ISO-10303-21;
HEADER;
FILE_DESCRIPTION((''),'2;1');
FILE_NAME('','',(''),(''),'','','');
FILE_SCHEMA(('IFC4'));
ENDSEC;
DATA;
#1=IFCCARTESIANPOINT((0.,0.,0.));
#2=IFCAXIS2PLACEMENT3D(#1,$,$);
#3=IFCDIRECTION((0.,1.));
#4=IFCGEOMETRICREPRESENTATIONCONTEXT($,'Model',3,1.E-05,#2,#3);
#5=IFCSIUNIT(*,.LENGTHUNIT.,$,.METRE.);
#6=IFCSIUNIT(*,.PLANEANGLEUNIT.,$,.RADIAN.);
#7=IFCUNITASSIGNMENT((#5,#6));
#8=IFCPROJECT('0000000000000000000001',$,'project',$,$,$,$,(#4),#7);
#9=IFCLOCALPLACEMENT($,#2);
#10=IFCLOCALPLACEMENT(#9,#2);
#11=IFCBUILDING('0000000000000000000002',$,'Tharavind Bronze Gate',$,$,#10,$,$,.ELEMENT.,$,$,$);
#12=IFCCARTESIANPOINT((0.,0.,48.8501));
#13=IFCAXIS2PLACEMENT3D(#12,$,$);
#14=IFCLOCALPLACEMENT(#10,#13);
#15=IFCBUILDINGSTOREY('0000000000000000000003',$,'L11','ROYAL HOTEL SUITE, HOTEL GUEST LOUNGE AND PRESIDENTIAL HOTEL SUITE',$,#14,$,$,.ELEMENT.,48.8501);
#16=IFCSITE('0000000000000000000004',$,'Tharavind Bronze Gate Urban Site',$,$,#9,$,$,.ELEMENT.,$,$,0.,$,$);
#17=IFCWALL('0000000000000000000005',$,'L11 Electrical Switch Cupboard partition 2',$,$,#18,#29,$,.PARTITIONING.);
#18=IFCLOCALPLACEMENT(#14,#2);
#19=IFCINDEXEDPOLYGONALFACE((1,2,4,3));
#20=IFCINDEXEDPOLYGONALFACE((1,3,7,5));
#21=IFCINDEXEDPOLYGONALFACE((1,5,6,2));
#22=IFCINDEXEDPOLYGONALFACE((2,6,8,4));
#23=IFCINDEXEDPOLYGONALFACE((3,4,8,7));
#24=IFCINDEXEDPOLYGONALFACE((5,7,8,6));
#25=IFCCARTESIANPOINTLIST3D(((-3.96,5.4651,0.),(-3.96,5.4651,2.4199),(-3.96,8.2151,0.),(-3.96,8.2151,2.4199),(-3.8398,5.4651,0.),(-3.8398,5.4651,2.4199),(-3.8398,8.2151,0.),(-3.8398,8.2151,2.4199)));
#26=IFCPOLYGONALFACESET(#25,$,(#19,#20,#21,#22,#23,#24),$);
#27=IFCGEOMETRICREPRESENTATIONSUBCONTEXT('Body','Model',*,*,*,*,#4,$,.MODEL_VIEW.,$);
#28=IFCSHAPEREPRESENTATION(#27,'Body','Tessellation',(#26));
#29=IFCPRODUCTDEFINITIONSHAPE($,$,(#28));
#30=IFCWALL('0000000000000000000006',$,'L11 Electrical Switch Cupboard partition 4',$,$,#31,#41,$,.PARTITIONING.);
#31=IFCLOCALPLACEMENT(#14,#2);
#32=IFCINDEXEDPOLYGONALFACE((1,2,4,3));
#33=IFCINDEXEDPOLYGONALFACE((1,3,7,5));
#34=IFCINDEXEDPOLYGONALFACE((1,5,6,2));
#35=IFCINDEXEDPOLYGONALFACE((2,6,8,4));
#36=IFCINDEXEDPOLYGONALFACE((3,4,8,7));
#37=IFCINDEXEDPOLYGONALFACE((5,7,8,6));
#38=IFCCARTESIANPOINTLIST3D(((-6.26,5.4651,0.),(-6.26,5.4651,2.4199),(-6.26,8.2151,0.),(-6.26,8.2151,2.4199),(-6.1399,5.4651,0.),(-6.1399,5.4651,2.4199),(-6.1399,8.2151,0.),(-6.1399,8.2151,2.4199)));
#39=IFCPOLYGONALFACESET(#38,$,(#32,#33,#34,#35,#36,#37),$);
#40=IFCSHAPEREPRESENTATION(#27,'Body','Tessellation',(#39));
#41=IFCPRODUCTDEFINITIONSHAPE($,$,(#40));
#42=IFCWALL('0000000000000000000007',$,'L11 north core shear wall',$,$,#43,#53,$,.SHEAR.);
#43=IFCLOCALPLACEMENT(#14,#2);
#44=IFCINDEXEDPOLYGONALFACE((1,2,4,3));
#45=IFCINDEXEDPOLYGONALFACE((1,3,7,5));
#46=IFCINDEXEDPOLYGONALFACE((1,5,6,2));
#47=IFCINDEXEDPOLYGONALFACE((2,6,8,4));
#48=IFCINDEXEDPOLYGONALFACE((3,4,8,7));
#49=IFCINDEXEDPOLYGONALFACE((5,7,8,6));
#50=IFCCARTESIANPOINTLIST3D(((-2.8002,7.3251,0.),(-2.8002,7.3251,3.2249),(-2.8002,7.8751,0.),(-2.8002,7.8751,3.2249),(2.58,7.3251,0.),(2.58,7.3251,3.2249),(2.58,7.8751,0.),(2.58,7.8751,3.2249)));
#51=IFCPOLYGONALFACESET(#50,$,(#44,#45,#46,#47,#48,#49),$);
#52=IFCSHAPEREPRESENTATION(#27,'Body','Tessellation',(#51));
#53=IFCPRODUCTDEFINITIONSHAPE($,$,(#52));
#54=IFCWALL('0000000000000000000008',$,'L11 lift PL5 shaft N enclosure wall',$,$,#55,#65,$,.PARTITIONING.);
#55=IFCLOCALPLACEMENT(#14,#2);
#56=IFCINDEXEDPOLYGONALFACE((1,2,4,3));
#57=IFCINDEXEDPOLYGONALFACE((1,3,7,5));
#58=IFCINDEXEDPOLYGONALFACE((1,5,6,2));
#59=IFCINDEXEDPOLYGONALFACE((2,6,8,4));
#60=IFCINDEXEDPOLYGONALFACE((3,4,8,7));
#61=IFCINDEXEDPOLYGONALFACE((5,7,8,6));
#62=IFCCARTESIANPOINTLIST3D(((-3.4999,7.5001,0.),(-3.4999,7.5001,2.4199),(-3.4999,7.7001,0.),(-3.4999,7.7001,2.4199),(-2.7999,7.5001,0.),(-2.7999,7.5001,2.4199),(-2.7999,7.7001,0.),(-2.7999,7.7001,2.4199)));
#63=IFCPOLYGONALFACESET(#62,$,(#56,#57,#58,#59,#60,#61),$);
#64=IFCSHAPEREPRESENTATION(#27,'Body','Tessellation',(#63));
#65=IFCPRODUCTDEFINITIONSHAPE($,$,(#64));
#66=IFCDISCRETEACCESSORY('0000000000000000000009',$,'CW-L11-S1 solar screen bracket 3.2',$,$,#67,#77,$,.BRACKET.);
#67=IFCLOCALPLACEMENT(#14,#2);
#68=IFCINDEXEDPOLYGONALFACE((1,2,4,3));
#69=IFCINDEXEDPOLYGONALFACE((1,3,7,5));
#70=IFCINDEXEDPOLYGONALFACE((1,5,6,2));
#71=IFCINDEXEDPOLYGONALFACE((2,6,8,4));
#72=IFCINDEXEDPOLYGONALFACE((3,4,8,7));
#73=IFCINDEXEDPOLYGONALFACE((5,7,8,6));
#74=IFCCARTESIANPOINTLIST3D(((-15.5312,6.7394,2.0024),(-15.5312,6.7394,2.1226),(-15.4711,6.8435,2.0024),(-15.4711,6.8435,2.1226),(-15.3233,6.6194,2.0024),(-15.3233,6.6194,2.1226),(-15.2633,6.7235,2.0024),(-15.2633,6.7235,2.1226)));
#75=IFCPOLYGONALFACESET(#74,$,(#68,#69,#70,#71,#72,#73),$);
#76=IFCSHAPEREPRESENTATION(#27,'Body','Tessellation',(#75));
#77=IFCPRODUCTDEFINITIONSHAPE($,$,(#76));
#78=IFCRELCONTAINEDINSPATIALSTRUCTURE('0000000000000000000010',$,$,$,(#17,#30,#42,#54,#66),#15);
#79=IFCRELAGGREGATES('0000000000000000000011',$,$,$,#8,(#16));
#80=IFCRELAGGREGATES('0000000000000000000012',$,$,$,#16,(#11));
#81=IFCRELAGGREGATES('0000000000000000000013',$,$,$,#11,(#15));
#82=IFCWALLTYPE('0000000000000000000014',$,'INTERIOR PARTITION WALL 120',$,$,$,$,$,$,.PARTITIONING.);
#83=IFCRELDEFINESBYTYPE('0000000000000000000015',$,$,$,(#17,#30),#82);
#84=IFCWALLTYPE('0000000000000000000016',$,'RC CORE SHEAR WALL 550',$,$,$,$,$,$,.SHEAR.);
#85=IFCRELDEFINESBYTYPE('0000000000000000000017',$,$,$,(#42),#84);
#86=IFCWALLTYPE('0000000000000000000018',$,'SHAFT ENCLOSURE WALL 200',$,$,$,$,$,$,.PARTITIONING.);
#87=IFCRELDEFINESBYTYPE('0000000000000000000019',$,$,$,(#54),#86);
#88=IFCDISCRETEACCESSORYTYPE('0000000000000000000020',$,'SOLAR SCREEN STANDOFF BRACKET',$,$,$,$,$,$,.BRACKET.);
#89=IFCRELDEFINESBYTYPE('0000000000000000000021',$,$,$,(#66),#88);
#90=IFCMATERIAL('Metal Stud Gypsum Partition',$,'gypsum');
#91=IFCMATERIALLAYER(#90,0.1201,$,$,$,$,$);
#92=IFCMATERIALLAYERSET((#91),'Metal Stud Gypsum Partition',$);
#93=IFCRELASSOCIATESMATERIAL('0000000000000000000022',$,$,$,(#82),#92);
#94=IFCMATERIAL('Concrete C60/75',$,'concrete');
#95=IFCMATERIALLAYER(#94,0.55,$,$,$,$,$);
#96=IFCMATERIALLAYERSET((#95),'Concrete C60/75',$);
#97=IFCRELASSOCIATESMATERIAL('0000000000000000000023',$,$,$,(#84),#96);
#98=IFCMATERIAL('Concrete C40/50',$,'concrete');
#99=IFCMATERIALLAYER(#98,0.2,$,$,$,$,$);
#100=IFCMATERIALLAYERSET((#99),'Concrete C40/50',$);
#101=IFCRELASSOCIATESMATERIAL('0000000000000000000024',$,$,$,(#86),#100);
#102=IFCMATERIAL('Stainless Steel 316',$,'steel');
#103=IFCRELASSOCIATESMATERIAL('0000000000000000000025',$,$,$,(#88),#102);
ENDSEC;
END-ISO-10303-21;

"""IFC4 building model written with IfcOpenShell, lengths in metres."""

from ifc_helpers import new_model, si_unit, direction, frame, frame_2d, origin, origin_2d, place, context, subcontext, project, spatial, rectangle, extrude, material, layer, layer_set, type_object, element, save


model = new_model("IFC4")

# Units and contexts
model_context = context("Model", 3, precision=1e-05, world=origin(), true_north=direction((0.0, 1.0)))
body_context = subcontext(model_context, "Body", "Model", "MODEL_VIEW")
ifc_project = project(units=[si_unit("LENGTHUNIT", "METRE"), si_unit("PLANEANGLEUNIT", "RADIAN")], contexts=[model_context])

# Site, building, storey
site_placement = place(None, origin())
site = spatial("IfcSite", under=ifc_project, at=site_placement, Name="Tharavind Bronze Gate Urban Site", CompositionType="ELEMENT", RefElevation=0.0)
building_placement = place(site_placement, origin())
building = spatial("IfcBuilding", under=site, at=building_placement, Name="Tharavind Bronze Gate", CompositionType="ELEMENT")
storey_placement = place(building_placement, frame((0.0, 0.0, 48.8501)))
storey = spatial("IfcBuildingStorey", under=building, at=storey_placement, Name="L11", Description="ROYAL HOTEL SUITE, HOTEL GUEST LOUNGE AND PRESIDENTIAL HOTEL SUITE", CompositionType="ELEMENT", Elevation=48.8501)

# Walls
ifc_material_1 = material(Name="Metal Stud Gypsum Partition", Category="gypsum")
ifc_layer_1 = layer(ifc_material_1, 0.1201)
ifc_layer_set_1 = layer_set([ifc_layer_1], Name="Metal Stud Gypsum Partition")
wall_type_1 = type_object("IfcWallType", Name="INTERIOR PARTITION WALL 120", PredefinedType="PARTITIONING", material=ifc_layer_set_1)
for number, where, z_axis, x_axis, name in (
    (1, (-3.8999, 5.4651, 0.0), (0.0, 0.0, 1.0), (0.0, 1.0, 0.0), "L11 Electrical Switch Cupboard partition 2"),
    (2, (-6.2, 8.2151, 0.0), (0.0, 0.0, 1.0), (0.0, -1.0, 0.0), "L11 Electrical Switch Cupboard partition 4"),
):
    element("IfcWall", number, at=place(storey_placement, frame(where, z_axis=z_axis, x_axis=x_axis)), inside=storey, type_object=wall_type_1, Name=name, PredefinedType="PARTITIONING", context=body_context, shape_type="SweptSolid", body=[
        extrude(rectangle(XDim=2.75, YDim=0.1201, at=frame_2d((1.375, 0.0))), origin(), (0.0, 0.0, 1.0), 2.4199),
    ])
ifc_material_2 = material(Name="Concrete C60/75", Category="concrete")
ifc_layer_2 = layer(ifc_material_2, 0.55)
ifc_layer_set_2 = layer_set([ifc_layer_2], Name="Concrete C60/75")
wall_type_2 = type_object("IfcWallType", Name="RC CORE SHEAR WALL 550", PredefinedType="SHEAR", material=ifc_layer_set_2)
wall_1_placement = place(storey_placement, frame((-2.8, 7.6001, 0.0), z_axis=(0.0, 0.0, 1.0), x_axis=(1.0, 0.0, 0.0)))
element("IfcWall", 3, at=wall_1_placement, inside=storey, type_object=wall_type_2, Name="L11 north core shear wall", PredefinedType="SHEAR", context=body_context, shape_type="SweptSolid", body=[
    extrude(rectangle(XDim=5.3801, YDim=0.55, at=frame_2d((2.6899, 0.0))), origin(), (0.0, 0.0, 1.0), 3.2249),
])
ifc_material_3 = material(Name="Concrete C40/50", Category="concrete")
ifc_layer_3 = layer(ifc_material_3, 0.2)
ifc_layer_set_3 = layer_set([ifc_layer_3], Name="Concrete C40/50")
wall_type_3 = type_object("IfcWallType", Name="SHAFT ENCLOSURE WALL 200", PredefinedType="PARTITIONING", material=ifc_layer_set_3)
wall_2_placement = place(storey_placement, frame((-3.5, 7.6001, 0.0), z_axis=(0.0, 0.0, 1.0), x_axis=(1.0, 0.0, 0.0)))
element("IfcWall", 4, at=wall_2_placement, inside=storey, type_object=wall_type_3, Name="L11 lift PL5 shaft N enclosure wall", PredefinedType="PARTITIONING", context=body_context, shape_type="SweptSolid", body=[
    extrude(rectangle(XDim=0.7, YDim=0.2, at=frame_2d((0.3501, 0.0))), origin(), (0.0, 0.0, 1.0), 2.4199),
])

# Discrete accessory
ifc_material_4 = material(Name="Stainless Steel 316", Category="steel")
discrete_accessory_type = type_object("IfcDiscreteAccessoryType", Name="SOLAR SCREEN STANDOFF BRACKET", PredefinedType="BRACKET", material=ifc_material_4)
discrete_accessory_placement = place(storey_placement, frame((-15.3972, 6.7314, 2.0024), z_axis=(0.0, 0.0, 1.0), x_axis=(-0.500002, -0.866025, 0.0)))
element("IfcDiscreteAccessory", 5, at=discrete_accessory_placement, inside=storey, type_object=discrete_accessory_type, Name="CW-L11-S1 solar screen bracket 3.2", PredefinedType="BRACKET", context=body_context, shape_type="SweptSolid", body=[
    extrude(rectangle(XDim=0.1201, YDim=0.24, at=origin_2d()), origin(), (0.0, 0.0, 1.0), 0.1201),
])

save(model, "model.ifc")
